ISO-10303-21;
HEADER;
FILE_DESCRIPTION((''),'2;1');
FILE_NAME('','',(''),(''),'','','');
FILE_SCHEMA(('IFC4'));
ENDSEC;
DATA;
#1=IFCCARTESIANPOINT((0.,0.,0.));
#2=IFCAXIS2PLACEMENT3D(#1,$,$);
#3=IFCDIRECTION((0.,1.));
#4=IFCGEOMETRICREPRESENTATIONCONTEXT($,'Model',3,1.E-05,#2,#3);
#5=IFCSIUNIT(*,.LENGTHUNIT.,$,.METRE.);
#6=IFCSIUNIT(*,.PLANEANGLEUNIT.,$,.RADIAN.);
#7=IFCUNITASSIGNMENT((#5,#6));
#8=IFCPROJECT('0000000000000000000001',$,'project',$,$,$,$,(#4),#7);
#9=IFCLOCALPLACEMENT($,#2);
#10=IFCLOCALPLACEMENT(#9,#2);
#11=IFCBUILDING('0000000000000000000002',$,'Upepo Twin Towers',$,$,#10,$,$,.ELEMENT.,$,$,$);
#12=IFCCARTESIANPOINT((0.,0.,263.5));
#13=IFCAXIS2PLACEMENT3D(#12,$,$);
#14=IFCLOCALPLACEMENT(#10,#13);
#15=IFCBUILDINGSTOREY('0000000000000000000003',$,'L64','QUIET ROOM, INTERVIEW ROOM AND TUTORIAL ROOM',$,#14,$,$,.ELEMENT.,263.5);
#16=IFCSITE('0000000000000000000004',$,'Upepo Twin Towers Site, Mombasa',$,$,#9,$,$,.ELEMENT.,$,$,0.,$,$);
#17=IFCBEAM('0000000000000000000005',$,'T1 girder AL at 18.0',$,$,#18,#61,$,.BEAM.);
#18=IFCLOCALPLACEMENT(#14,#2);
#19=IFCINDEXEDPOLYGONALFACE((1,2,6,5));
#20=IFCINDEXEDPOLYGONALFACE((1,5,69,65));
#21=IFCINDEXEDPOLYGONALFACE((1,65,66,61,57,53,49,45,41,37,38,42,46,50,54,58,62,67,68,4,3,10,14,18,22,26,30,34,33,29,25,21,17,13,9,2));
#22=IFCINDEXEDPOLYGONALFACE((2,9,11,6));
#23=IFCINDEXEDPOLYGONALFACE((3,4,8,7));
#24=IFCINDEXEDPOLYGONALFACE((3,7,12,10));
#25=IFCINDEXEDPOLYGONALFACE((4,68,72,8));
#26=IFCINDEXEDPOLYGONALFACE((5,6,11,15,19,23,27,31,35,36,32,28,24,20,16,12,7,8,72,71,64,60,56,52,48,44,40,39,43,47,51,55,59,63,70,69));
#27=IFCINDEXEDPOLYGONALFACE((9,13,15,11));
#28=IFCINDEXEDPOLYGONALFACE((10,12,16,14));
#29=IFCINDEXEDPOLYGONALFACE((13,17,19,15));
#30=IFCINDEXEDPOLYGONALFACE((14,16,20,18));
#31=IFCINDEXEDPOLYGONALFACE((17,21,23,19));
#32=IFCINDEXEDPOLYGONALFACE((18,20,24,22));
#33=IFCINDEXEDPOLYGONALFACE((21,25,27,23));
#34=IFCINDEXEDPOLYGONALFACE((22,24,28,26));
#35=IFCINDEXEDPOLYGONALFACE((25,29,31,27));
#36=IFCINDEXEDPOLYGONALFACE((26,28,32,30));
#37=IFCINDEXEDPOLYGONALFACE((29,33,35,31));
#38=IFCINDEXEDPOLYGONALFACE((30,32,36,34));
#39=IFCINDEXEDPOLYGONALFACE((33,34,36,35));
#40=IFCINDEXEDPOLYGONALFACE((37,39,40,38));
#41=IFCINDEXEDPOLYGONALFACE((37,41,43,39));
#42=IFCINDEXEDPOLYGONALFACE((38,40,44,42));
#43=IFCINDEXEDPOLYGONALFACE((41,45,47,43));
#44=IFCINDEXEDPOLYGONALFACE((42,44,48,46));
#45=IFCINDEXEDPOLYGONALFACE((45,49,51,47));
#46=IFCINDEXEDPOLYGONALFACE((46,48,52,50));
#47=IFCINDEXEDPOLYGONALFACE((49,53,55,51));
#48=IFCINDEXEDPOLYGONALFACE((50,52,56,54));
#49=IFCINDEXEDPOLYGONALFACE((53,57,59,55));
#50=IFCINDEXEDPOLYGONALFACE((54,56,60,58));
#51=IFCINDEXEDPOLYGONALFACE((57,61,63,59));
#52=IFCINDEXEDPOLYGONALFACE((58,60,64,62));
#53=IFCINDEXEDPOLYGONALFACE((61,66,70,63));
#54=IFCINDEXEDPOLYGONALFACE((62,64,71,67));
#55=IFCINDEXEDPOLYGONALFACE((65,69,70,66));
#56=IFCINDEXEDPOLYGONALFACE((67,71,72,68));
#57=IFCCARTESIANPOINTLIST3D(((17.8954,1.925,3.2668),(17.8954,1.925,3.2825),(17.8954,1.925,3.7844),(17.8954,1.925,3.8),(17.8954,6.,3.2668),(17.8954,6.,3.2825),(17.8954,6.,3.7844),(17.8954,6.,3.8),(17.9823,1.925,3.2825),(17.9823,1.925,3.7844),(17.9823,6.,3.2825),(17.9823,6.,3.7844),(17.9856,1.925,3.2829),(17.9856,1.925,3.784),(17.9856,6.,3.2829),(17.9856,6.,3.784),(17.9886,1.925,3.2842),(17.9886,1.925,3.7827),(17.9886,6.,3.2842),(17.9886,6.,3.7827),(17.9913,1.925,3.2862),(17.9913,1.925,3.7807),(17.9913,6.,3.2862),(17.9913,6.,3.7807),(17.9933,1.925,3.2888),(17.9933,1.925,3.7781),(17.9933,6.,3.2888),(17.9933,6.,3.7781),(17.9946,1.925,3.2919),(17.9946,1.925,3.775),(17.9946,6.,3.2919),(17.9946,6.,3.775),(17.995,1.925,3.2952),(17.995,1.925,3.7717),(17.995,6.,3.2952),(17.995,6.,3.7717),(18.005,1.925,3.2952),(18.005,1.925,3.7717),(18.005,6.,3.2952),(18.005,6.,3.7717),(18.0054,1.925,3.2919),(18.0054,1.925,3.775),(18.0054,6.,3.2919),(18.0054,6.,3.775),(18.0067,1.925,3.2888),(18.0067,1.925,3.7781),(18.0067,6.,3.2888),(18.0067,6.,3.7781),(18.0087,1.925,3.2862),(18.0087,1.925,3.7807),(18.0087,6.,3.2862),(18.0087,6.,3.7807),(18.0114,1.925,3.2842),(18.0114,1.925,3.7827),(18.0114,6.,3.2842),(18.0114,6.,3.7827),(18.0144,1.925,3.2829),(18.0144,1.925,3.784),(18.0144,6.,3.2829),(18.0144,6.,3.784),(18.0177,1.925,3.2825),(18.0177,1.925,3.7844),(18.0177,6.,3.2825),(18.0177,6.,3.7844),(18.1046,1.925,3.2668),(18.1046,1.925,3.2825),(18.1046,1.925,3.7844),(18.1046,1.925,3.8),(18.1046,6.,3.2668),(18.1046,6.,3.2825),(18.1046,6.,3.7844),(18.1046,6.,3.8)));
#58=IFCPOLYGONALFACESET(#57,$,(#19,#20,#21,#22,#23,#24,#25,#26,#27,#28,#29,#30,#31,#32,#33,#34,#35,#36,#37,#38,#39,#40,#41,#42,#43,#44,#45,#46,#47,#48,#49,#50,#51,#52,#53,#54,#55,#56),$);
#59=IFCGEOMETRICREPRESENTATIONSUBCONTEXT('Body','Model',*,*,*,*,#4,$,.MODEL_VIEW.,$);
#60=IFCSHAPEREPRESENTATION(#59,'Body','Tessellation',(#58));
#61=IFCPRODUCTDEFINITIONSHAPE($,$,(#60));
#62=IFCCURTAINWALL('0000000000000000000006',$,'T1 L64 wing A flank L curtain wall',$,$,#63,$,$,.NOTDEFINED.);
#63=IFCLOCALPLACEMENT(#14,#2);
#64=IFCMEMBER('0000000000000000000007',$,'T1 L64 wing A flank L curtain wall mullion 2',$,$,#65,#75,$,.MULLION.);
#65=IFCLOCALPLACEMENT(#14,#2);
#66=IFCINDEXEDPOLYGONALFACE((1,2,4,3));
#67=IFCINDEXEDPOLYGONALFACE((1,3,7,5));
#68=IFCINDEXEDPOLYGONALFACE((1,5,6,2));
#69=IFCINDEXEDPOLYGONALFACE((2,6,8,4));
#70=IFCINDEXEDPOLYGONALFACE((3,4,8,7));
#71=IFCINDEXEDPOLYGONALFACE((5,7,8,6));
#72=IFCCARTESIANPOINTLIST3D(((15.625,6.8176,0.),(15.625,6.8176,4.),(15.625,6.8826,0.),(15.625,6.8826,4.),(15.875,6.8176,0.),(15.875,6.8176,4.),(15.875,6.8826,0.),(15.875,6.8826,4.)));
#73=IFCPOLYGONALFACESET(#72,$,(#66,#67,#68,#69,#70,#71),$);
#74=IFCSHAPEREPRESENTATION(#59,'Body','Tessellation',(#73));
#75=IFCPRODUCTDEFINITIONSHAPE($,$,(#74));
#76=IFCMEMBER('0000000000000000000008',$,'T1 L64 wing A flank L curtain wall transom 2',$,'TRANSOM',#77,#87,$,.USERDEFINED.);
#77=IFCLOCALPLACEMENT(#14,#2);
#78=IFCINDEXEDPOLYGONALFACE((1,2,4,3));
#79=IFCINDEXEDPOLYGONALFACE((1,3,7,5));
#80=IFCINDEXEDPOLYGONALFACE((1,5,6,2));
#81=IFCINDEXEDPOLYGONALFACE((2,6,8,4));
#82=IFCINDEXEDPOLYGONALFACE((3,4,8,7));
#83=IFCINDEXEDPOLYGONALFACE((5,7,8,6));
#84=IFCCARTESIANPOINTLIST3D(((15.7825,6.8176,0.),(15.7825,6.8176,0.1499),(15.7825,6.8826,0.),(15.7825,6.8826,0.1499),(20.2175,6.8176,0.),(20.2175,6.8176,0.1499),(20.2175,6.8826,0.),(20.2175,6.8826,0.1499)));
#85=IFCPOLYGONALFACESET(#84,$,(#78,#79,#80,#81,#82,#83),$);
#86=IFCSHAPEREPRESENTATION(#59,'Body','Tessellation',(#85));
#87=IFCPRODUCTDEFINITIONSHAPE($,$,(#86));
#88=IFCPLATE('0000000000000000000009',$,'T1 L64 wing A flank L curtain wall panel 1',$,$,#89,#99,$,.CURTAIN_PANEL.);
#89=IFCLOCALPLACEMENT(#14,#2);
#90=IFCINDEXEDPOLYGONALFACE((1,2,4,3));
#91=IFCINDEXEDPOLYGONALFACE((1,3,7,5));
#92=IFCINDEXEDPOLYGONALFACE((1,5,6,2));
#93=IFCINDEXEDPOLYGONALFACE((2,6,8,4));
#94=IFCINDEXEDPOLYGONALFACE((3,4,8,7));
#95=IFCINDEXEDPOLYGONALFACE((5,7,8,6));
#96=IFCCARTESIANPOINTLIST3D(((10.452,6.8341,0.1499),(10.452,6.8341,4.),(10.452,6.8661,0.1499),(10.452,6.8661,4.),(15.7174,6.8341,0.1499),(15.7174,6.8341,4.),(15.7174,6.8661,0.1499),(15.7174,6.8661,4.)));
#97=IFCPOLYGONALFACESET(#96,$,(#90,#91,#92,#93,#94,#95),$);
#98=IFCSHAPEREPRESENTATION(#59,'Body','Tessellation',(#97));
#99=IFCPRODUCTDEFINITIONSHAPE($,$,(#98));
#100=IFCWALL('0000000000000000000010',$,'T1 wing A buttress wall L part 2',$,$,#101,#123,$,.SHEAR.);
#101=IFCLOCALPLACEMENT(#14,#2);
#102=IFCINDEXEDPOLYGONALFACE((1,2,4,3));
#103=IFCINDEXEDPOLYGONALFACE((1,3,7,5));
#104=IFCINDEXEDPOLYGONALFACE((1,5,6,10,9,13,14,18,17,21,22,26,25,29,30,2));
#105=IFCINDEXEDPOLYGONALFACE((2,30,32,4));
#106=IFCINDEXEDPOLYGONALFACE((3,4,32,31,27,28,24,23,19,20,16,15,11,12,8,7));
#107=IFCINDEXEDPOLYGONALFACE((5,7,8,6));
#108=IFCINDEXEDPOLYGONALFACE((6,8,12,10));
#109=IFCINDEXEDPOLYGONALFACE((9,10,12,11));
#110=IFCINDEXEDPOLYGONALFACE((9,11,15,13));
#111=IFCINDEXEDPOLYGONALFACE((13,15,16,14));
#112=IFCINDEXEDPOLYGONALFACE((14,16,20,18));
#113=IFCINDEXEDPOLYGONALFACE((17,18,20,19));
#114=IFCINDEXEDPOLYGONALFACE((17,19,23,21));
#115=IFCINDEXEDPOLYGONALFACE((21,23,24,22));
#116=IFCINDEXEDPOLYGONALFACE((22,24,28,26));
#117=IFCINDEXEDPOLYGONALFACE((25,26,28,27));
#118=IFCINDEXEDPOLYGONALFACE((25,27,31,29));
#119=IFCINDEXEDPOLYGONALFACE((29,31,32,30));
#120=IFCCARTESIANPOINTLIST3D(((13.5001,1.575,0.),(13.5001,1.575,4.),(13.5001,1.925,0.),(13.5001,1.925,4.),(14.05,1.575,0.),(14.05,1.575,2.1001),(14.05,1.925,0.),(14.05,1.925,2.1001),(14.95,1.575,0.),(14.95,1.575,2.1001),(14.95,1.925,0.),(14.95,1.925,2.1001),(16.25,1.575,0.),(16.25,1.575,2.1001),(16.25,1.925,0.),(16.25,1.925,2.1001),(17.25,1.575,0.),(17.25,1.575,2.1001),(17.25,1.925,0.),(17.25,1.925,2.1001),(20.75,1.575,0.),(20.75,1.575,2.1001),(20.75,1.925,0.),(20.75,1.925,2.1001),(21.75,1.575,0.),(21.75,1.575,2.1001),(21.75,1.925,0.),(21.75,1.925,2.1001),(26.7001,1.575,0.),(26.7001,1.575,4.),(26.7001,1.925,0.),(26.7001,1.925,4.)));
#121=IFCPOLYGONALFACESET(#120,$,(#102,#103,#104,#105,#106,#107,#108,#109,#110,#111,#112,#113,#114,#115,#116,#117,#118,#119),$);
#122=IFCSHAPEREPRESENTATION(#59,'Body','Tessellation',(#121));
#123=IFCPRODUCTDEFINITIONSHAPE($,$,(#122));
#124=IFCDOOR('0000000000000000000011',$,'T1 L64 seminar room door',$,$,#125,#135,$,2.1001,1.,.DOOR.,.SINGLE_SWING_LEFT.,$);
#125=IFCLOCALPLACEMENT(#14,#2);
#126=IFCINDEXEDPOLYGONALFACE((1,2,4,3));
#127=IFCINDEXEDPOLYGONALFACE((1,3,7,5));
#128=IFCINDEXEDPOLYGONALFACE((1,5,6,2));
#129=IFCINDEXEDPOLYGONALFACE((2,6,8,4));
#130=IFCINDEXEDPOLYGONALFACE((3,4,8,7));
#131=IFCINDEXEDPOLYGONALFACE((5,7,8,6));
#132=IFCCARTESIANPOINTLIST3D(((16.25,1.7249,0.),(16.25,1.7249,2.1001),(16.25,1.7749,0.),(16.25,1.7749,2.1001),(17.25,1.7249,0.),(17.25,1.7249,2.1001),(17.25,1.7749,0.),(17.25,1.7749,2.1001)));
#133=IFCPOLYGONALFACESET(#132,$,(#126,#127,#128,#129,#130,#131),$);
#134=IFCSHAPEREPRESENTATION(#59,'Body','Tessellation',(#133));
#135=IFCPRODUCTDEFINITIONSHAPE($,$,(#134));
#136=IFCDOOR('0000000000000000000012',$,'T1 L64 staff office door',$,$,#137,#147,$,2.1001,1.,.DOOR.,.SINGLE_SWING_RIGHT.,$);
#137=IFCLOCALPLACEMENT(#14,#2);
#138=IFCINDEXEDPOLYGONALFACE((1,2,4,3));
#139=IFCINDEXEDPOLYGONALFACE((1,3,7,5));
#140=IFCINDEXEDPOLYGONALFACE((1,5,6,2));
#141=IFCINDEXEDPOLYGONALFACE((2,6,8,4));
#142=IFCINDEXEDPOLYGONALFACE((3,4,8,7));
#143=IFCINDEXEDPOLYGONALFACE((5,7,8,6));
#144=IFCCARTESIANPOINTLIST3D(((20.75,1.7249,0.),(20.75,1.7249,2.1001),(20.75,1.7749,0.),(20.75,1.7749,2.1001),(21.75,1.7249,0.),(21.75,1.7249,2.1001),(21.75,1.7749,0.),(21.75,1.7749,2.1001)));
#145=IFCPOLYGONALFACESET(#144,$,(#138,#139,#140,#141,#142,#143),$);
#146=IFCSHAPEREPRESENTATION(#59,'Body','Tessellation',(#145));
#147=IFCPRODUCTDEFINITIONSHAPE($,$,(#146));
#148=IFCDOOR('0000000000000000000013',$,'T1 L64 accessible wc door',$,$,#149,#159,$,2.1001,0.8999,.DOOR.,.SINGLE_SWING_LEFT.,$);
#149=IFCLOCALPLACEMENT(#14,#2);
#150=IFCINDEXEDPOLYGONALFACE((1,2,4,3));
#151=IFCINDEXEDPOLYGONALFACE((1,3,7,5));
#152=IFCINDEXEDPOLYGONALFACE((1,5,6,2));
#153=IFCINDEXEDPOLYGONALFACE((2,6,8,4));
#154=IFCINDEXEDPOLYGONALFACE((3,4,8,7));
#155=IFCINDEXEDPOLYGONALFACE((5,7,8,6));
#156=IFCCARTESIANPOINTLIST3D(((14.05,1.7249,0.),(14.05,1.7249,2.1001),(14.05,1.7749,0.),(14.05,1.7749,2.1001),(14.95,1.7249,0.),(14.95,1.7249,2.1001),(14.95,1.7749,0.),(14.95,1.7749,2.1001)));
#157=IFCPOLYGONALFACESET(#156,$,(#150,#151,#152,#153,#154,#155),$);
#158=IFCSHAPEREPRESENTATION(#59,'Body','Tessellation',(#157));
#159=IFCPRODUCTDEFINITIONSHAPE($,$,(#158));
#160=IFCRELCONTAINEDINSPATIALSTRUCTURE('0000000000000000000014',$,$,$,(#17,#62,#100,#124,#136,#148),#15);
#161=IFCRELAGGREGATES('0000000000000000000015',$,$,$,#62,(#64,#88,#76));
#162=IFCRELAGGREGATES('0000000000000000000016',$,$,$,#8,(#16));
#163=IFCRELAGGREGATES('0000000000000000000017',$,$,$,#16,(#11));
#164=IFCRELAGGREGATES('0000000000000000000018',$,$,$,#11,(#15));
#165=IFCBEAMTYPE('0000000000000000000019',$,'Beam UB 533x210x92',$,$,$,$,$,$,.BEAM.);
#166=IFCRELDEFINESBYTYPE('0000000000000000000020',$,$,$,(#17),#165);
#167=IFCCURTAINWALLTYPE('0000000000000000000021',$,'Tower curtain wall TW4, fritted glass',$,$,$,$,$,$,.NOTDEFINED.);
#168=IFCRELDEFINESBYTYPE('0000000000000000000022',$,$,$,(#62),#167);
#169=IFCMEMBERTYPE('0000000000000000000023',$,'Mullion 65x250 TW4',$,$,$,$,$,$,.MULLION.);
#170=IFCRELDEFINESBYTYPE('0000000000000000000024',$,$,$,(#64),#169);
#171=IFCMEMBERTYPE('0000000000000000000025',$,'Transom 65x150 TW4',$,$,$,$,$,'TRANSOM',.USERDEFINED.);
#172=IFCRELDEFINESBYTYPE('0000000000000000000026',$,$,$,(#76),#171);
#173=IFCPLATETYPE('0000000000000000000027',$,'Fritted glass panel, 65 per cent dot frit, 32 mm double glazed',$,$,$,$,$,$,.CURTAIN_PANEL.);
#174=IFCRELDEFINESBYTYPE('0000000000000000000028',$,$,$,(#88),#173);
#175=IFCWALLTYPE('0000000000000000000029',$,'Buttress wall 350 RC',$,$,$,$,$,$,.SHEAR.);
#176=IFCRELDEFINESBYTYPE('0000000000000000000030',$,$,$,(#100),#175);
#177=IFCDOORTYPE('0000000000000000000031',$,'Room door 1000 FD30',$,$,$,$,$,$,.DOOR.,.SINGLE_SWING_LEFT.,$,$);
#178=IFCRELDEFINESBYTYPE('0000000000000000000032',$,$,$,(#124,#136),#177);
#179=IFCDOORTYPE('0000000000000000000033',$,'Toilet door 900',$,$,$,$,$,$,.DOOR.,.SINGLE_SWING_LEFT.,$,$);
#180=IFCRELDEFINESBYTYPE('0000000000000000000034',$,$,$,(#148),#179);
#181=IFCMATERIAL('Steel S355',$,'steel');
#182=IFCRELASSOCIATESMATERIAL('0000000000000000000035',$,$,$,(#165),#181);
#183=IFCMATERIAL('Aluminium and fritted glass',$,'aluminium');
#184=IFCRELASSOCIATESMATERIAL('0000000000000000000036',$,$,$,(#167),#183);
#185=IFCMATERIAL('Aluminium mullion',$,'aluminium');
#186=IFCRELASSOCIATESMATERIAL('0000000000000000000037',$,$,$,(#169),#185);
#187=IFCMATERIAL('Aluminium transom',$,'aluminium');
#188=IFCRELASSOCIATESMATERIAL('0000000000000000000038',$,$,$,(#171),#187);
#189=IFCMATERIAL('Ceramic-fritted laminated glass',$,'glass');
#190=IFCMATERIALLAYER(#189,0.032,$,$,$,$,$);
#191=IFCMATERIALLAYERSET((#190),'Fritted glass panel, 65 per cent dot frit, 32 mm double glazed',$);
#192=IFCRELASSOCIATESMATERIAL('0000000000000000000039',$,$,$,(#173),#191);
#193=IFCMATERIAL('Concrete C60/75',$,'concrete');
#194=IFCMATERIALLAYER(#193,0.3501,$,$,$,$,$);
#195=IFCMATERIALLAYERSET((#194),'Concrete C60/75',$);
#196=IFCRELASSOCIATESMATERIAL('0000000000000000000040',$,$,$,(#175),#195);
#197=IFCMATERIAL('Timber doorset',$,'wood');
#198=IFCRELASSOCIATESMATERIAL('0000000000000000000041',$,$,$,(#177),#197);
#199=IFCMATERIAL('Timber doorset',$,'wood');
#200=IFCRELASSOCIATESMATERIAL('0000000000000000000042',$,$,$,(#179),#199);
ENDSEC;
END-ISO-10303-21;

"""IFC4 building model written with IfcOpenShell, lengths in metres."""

from ifc_helpers import new_model, si_unit, direction, frame, frame_2d, origin, origin_2d, place, context, subcontext, project, spatial, rectangle, i_section, extrude, material, layer, layer_set, material_profile, profile_set, type_object, element, fill, aggregate, save


model = new_model("IFC4")

# Units and contexts
model_context = context("Model", 3, precision=1e-05, world=origin(), true_north=direction((0.0, 1.0)))
body_context = subcontext(model_context, "Body", "Model", "MODEL_VIEW")
ifc_project = project(units=[si_unit("LENGTHUNIT", "METRE"), si_unit("PLANEANGLEUNIT", "RADIAN")], contexts=[model_context])

# Site, building, storey
site_placement = place(None, origin())
site = spatial("IfcSite", under=ifc_project, at=site_placement, Name="Upepo Twin Towers Site, Mombasa", CompositionType="ELEMENT", RefElevation=0.0)
building_placement = place(site_placement, origin())
building = spatial("IfcBuilding", under=site, at=building_placement, Name="Upepo Twin Towers", CompositionType="ELEMENT")
storey_placement = place(building_placement, frame((0.0, 0.0, 263.5)))
storey = spatial("IfcBuildingStorey", under=building, at=storey_placement, Name="L64", Description="QUIET ROOM, INTERVIEW ROOM AND TUTORIAL ROOM", CompositionType="ELEMENT", Elevation=263.5)

# Beam
ifc_material_1 = material(Name="Steel S355", Category="steel")
ifc_material_profile_1 = material_profile(ifc_material_1, i_section(OverallWidth=0.2092, OverallDepth=0.5332, WebThickness=0.01, FlangeThickness=0.0156, FilletRadius=0.0127, at=origin_2d()), Name="UB 533x210x92")
ifc_profile_set_1 = profile_set([ifc_material_profile_1], Name="Steel S355")
beam_type_1 = type_object("IfcBeamType", Name="Beam UB 533x210x92", PredefinedType="BEAM", material=ifc_profile_set_1)
for number, where, z_axis, x_axis, name in (
    (1, (18.0, 6.0, 3.5334), (0.0, -1.0, 0.0), (1.0, 0.0, 0.0), "T1 girder AL at 18.0"),
):
    element("IfcBeam", number, at=place(storey_placement, frame(where, z_axis=z_axis, x_axis=x_axis)), inside=storey, type_object=beam_type_1, Name=name, PredefinedType="BEAM", context=body_context, shape_type="SweptSolid", body=[
        extrude(i_section(OverallWidth=0.2092, OverallDepth=0.5332, WebThickness=0.01, FlangeThickness=0.0156, FilletRadius=0.0127, at=origin_2d()), origin(), (0.0, 0.0, 1.0), 4.075),
    ])

# Curtain wall, members, plate
ifc_material_2 = material(Name="Aluminium and fritted glass", Category="aluminium")
curtain_wall_type = type_object("IfcCurtainWallType", Name="Tower curtain wall TW4, fritted glass", PredefinedType="NOTDEFINED", material=ifc_material_2)
curtain_wall_placement = place(storey_placement, origin())
curtain_wall = element("IfcCurtainWall", 2, at=curtain_wall_placement, inside=storey, type_object=curtain_wall_type, Name="T1 L64 wing A flank L curtain wall", PredefinedType="NOTDEFINED")
ifc_material_3 = material(Name="Aluminium mullion", Category="aluminium")
ifc_material_profile_2 = material_profile(ifc_material_3, rectangle(XDim=0.0649, YDim=0.25, at=origin_2d()), Name="MULLION 65x250")
ifc_profile_set_2 = profile_set([ifc_material_profile_2], Name="Aluminium mullion")
member_type_1 = type_object("IfcMemberType", Name="Mullion 65x250 TW4", PredefinedType="MULLION", material=ifc_profile_set_2)
member_1_placement = place(storey_placement, frame((15.75, 6.8501, 0.0), z_axis=(0.0, 0.0, 1.0), x_axis=(0.0, 1.0, 0.0)))
member_1 = element("IfcMember", 3, at=member_1_placement, type_object=member_type_1, Name="T1 L64 wing A flank L curtain wall mullion 2", PredefinedType="MULLION", context=body_context, shape_type="SweptSolid", body=[
    extrude(rectangle(XDim=0.0649, YDim=0.25, at=origin_2d()), origin(), (0.0, 0.0, 1.0), 4.0),
])
ifc_material_4 = material(Name="Aluminium transom", Category="aluminium")
ifc_material_profile_3 = material_profile(ifc_material_4, rectangle(XDim=0.0649, YDim=0.1499, at=origin_2d()), Name="TRANSOM 65x150")
ifc_profile_set_3 = profile_set([ifc_material_profile_3], Name="Aluminium transom")
member_type_2 = type_object("IfcMemberType", Name="Transom 65x150 TW4", ElementType="TRANSOM", PredefinedType="USERDEFINED", material=ifc_profile_set_3)
member_2_placement = place(storey_placement, frame((15.7825, 6.8501, 0.075), z_axis=(1.0, 0.0, 0.0), x_axis=(0.0, 1.0, 0.0)))
member_2 = element("IfcMember", 4, at=member_2_placement, type_object=member_type_2, Name="T1 L64 wing A flank L curtain wall transom 2", ObjectType="TRANSOM", PredefinedType="USERDEFINED", context=body_context, shape_type="SweptSolid", body=[
    extrude(rectangle(XDim=0.0649, YDim=0.1499, at=origin_2d()), origin(), (0.0, 0.0, 1.0), 4.4351),
])
ifc_material_5 = material(Name="Ceramic-fritted laminated glass", Category="glass")
ifc_layer_1 = layer(ifc_material_5, 0.032)
ifc_layer_set_1 = layer_set([ifc_layer_1], Name="Fritted glass panel, 65 per cent dot frit, 32 mm double glazed")
plate_type = type_object("IfcPlateType", Name="Fritted glass panel, 65 per cent dot frit, 32 mm double glazed", PredefinedType="CURTAIN_PANEL", material=ifc_layer_set_1)
plate_placement = place(storey_placement, frame((13.0847, 6.8501, 0.1499), z_axis=(0.0, 0.0, 1.0), x_axis=(1.0, 0.0, 0.0)))
plate = element("IfcPlate", 5, at=plate_placement, type_object=plate_type, Name="T1 L64 wing A flank L curtain wall panel 1", PredefinedType="CURTAIN_PANEL", context=body_context, shape_type="SweptSolid", body=[
    extrude(rectangle(XDim=5.2654, YDim=0.032, at=origin_2d()), origin(), (0.0, 0.0, 1.0), 3.8501),
])
aggregate(curtain_wall, [member_1, plate, member_2])

# Wall, openings, doors
ifc_material_6 = material(Name="Concrete C60/75", Category="concrete")
ifc_layer_2 = layer(ifc_material_6, 0.3501)
ifc_layer_set_2 = layer_set([ifc_layer_2], Name="Concrete C60/75")
wall_type_1 = type_object("IfcWallType", Name="Buttress wall 350 RC", PredefinedType="SHEAR", material=ifc_layer_set_2)
wall_1_placement = place(storey_placement, frame((13.5, 1.75, 0.0), z_axis=(0.0, 0.0, 1.0), x_axis=(1.0, 0.0, 0.0)))
wall_1 = element("IfcWall", 6, at=wall_1_placement, inside=storey, type_object=wall_type_1, Name="T1 wing A buttress wall L part 2", PredefinedType="SHEAR", context=body_context, shape_type="SweptSolid", body=[
    extrude(rectangle(XDim=13.2, YDim=0.3501, at=frame_2d((6.6001, 0.0))), origin(), (0.0, 0.0, 1.0), 4.0),
])
opening_1_placement = place(wall_1_placement, frame((0.55, 0.0, 0.0)))
opening_1 = element("IfcOpeningElement", 7, at=opening_1_placement, cuts=wall_1, PredefinedType="OPENING", context=body_context, shape_type="SweptSolid", body=[
    extrude(rectangle(XDim=0.8999, YDim=2.1001, at=frame_2d((0.45, 1.05))), frame((0.0, 0.1851, 0.0), z_axis=(0.0, -1.0, 0.0), x_axis=(1.0, 0.0, 0.0)), (0.0, 0.0, 1.0), 0.3701),
])
opening_2_placement = place(wall_1_placement, frame((2.75, 0.0, 0.0)))
opening_2 = element("IfcOpeningElement", 8, at=opening_2_placement, cuts=wall_1, PredefinedType="OPENING", context=body_context, shape_type="SweptSolid", body=[
    extrude(rectangle(XDim=1.0, YDim=2.1001, at=frame_2d((0.5, 1.05))), frame((0.0, 0.1851, 0.0), z_axis=(0.0, -1.0, 0.0), x_axis=(1.0, 0.0, 0.0)), (0.0, 0.0, 1.0), 0.3701),
])
opening_3_placement = place(wall_1_placement, frame((7.25, 0.0, 0.0)))
opening_3 = element("IfcOpeningElement", 9, at=opening_3_placement, cuts=wall_1, PredefinedType="OPENING", context=body_context, shape_type="SweptSolid", body=[
    extrude(rectangle(XDim=1.0, YDim=2.1001, at=frame_2d((0.5, 1.05))), frame((0.0, 0.1851, 0.0), z_axis=(0.0, -1.0, 0.0), x_axis=(1.0, 0.0, 0.0)), (0.0, 0.0, 1.0), 0.3701),
])
ifc_material_7 = material(Name="Timber doorset", Category="wood")
door_type_1 = type_object("IfcDoorType", Name="Room door 1000 FD30", OperationType="SINGLE_SWING_LEFT", PredefinedType="DOOR", material=ifc_material_7)
door_1_placement = place(opening_2_placement, origin())
door_1 = element("IfcDoor", 10, at=door_1_placement, inside=storey, type_object=door_type_1, Name="T1 L64 seminar room door", OperationType="SINGLE_SWING_LEFT", OverallHeight=2.1001, OverallWidth=1.0, PredefinedType="DOOR", context=body_context, shape_type="SweptSolid", body=[
    extrude(rectangle(XDim=1.0, YDim=2.1001, at=frame_2d((0.5, 1.05))), frame((0.0, 0.0249, 0.0), z_axis=(0.0, -1.0, 0.0), x_axis=(1.0, 0.0, 0.0)), (0.0, 0.0, 1.0), 0.05),
])
fill(opening_2, door_1)
door_2_placement = place(opening_3_placement, origin())
door_2 = element("IfcDoor", 11, at=door_2_placement, inside=storey, type_object=door_type_1, Name="T1 L64 staff office door", OperationType="SINGLE_SWING_RIGHT", OverallHeight=2.1001, OverallWidth=1.0, PredefinedType="DOOR", context=body_context, shape_type="SweptSolid", body=[
    extrude(rectangle(XDim=1.0, YDim=2.1001, at=frame_2d((0.5, 1.05))), frame((0.0, 0.0249, 0.0), z_axis=(0.0, -1.0, 0.0), x_axis=(1.0, 0.0, 0.0)), (0.0, 0.0, 1.0), 0.05),
])
fill(opening_3, door_2)
ifc_material_8 = material(Name="Timber doorset", Category="wood")
door_type_2 = type_object("IfcDoorType", Name="Toilet door 900", OperationType="SINGLE_SWING_LEFT", PredefinedType="DOOR", material=ifc_material_8)
door_3_placement = place(opening_1_placement, origin())
door_3 = element("IfcDoor", 12, at=door_3_placement, inside=storey, type_object=door_type_2, Name="T1 L64 accessible wc door", OperationType="SINGLE_SWING_LEFT", OverallHeight=2.1001, OverallWidth=0.8999, PredefinedType="DOOR", context=body_context, shape_type="SweptSolid", body=[
    extrude(rectangle(XDim=0.8999, YDim=2.1001, at=frame_2d((0.45, 1.05))), frame((0.0, 0.0249, 0.0), z_axis=(0.0, -1.0, 0.0), x_axis=(1.0, 0.0, 0.0)), (0.0, 0.0, 1.0), 0.05),
])
fill(opening_1, door_3)

save(model, "model.ifc")
